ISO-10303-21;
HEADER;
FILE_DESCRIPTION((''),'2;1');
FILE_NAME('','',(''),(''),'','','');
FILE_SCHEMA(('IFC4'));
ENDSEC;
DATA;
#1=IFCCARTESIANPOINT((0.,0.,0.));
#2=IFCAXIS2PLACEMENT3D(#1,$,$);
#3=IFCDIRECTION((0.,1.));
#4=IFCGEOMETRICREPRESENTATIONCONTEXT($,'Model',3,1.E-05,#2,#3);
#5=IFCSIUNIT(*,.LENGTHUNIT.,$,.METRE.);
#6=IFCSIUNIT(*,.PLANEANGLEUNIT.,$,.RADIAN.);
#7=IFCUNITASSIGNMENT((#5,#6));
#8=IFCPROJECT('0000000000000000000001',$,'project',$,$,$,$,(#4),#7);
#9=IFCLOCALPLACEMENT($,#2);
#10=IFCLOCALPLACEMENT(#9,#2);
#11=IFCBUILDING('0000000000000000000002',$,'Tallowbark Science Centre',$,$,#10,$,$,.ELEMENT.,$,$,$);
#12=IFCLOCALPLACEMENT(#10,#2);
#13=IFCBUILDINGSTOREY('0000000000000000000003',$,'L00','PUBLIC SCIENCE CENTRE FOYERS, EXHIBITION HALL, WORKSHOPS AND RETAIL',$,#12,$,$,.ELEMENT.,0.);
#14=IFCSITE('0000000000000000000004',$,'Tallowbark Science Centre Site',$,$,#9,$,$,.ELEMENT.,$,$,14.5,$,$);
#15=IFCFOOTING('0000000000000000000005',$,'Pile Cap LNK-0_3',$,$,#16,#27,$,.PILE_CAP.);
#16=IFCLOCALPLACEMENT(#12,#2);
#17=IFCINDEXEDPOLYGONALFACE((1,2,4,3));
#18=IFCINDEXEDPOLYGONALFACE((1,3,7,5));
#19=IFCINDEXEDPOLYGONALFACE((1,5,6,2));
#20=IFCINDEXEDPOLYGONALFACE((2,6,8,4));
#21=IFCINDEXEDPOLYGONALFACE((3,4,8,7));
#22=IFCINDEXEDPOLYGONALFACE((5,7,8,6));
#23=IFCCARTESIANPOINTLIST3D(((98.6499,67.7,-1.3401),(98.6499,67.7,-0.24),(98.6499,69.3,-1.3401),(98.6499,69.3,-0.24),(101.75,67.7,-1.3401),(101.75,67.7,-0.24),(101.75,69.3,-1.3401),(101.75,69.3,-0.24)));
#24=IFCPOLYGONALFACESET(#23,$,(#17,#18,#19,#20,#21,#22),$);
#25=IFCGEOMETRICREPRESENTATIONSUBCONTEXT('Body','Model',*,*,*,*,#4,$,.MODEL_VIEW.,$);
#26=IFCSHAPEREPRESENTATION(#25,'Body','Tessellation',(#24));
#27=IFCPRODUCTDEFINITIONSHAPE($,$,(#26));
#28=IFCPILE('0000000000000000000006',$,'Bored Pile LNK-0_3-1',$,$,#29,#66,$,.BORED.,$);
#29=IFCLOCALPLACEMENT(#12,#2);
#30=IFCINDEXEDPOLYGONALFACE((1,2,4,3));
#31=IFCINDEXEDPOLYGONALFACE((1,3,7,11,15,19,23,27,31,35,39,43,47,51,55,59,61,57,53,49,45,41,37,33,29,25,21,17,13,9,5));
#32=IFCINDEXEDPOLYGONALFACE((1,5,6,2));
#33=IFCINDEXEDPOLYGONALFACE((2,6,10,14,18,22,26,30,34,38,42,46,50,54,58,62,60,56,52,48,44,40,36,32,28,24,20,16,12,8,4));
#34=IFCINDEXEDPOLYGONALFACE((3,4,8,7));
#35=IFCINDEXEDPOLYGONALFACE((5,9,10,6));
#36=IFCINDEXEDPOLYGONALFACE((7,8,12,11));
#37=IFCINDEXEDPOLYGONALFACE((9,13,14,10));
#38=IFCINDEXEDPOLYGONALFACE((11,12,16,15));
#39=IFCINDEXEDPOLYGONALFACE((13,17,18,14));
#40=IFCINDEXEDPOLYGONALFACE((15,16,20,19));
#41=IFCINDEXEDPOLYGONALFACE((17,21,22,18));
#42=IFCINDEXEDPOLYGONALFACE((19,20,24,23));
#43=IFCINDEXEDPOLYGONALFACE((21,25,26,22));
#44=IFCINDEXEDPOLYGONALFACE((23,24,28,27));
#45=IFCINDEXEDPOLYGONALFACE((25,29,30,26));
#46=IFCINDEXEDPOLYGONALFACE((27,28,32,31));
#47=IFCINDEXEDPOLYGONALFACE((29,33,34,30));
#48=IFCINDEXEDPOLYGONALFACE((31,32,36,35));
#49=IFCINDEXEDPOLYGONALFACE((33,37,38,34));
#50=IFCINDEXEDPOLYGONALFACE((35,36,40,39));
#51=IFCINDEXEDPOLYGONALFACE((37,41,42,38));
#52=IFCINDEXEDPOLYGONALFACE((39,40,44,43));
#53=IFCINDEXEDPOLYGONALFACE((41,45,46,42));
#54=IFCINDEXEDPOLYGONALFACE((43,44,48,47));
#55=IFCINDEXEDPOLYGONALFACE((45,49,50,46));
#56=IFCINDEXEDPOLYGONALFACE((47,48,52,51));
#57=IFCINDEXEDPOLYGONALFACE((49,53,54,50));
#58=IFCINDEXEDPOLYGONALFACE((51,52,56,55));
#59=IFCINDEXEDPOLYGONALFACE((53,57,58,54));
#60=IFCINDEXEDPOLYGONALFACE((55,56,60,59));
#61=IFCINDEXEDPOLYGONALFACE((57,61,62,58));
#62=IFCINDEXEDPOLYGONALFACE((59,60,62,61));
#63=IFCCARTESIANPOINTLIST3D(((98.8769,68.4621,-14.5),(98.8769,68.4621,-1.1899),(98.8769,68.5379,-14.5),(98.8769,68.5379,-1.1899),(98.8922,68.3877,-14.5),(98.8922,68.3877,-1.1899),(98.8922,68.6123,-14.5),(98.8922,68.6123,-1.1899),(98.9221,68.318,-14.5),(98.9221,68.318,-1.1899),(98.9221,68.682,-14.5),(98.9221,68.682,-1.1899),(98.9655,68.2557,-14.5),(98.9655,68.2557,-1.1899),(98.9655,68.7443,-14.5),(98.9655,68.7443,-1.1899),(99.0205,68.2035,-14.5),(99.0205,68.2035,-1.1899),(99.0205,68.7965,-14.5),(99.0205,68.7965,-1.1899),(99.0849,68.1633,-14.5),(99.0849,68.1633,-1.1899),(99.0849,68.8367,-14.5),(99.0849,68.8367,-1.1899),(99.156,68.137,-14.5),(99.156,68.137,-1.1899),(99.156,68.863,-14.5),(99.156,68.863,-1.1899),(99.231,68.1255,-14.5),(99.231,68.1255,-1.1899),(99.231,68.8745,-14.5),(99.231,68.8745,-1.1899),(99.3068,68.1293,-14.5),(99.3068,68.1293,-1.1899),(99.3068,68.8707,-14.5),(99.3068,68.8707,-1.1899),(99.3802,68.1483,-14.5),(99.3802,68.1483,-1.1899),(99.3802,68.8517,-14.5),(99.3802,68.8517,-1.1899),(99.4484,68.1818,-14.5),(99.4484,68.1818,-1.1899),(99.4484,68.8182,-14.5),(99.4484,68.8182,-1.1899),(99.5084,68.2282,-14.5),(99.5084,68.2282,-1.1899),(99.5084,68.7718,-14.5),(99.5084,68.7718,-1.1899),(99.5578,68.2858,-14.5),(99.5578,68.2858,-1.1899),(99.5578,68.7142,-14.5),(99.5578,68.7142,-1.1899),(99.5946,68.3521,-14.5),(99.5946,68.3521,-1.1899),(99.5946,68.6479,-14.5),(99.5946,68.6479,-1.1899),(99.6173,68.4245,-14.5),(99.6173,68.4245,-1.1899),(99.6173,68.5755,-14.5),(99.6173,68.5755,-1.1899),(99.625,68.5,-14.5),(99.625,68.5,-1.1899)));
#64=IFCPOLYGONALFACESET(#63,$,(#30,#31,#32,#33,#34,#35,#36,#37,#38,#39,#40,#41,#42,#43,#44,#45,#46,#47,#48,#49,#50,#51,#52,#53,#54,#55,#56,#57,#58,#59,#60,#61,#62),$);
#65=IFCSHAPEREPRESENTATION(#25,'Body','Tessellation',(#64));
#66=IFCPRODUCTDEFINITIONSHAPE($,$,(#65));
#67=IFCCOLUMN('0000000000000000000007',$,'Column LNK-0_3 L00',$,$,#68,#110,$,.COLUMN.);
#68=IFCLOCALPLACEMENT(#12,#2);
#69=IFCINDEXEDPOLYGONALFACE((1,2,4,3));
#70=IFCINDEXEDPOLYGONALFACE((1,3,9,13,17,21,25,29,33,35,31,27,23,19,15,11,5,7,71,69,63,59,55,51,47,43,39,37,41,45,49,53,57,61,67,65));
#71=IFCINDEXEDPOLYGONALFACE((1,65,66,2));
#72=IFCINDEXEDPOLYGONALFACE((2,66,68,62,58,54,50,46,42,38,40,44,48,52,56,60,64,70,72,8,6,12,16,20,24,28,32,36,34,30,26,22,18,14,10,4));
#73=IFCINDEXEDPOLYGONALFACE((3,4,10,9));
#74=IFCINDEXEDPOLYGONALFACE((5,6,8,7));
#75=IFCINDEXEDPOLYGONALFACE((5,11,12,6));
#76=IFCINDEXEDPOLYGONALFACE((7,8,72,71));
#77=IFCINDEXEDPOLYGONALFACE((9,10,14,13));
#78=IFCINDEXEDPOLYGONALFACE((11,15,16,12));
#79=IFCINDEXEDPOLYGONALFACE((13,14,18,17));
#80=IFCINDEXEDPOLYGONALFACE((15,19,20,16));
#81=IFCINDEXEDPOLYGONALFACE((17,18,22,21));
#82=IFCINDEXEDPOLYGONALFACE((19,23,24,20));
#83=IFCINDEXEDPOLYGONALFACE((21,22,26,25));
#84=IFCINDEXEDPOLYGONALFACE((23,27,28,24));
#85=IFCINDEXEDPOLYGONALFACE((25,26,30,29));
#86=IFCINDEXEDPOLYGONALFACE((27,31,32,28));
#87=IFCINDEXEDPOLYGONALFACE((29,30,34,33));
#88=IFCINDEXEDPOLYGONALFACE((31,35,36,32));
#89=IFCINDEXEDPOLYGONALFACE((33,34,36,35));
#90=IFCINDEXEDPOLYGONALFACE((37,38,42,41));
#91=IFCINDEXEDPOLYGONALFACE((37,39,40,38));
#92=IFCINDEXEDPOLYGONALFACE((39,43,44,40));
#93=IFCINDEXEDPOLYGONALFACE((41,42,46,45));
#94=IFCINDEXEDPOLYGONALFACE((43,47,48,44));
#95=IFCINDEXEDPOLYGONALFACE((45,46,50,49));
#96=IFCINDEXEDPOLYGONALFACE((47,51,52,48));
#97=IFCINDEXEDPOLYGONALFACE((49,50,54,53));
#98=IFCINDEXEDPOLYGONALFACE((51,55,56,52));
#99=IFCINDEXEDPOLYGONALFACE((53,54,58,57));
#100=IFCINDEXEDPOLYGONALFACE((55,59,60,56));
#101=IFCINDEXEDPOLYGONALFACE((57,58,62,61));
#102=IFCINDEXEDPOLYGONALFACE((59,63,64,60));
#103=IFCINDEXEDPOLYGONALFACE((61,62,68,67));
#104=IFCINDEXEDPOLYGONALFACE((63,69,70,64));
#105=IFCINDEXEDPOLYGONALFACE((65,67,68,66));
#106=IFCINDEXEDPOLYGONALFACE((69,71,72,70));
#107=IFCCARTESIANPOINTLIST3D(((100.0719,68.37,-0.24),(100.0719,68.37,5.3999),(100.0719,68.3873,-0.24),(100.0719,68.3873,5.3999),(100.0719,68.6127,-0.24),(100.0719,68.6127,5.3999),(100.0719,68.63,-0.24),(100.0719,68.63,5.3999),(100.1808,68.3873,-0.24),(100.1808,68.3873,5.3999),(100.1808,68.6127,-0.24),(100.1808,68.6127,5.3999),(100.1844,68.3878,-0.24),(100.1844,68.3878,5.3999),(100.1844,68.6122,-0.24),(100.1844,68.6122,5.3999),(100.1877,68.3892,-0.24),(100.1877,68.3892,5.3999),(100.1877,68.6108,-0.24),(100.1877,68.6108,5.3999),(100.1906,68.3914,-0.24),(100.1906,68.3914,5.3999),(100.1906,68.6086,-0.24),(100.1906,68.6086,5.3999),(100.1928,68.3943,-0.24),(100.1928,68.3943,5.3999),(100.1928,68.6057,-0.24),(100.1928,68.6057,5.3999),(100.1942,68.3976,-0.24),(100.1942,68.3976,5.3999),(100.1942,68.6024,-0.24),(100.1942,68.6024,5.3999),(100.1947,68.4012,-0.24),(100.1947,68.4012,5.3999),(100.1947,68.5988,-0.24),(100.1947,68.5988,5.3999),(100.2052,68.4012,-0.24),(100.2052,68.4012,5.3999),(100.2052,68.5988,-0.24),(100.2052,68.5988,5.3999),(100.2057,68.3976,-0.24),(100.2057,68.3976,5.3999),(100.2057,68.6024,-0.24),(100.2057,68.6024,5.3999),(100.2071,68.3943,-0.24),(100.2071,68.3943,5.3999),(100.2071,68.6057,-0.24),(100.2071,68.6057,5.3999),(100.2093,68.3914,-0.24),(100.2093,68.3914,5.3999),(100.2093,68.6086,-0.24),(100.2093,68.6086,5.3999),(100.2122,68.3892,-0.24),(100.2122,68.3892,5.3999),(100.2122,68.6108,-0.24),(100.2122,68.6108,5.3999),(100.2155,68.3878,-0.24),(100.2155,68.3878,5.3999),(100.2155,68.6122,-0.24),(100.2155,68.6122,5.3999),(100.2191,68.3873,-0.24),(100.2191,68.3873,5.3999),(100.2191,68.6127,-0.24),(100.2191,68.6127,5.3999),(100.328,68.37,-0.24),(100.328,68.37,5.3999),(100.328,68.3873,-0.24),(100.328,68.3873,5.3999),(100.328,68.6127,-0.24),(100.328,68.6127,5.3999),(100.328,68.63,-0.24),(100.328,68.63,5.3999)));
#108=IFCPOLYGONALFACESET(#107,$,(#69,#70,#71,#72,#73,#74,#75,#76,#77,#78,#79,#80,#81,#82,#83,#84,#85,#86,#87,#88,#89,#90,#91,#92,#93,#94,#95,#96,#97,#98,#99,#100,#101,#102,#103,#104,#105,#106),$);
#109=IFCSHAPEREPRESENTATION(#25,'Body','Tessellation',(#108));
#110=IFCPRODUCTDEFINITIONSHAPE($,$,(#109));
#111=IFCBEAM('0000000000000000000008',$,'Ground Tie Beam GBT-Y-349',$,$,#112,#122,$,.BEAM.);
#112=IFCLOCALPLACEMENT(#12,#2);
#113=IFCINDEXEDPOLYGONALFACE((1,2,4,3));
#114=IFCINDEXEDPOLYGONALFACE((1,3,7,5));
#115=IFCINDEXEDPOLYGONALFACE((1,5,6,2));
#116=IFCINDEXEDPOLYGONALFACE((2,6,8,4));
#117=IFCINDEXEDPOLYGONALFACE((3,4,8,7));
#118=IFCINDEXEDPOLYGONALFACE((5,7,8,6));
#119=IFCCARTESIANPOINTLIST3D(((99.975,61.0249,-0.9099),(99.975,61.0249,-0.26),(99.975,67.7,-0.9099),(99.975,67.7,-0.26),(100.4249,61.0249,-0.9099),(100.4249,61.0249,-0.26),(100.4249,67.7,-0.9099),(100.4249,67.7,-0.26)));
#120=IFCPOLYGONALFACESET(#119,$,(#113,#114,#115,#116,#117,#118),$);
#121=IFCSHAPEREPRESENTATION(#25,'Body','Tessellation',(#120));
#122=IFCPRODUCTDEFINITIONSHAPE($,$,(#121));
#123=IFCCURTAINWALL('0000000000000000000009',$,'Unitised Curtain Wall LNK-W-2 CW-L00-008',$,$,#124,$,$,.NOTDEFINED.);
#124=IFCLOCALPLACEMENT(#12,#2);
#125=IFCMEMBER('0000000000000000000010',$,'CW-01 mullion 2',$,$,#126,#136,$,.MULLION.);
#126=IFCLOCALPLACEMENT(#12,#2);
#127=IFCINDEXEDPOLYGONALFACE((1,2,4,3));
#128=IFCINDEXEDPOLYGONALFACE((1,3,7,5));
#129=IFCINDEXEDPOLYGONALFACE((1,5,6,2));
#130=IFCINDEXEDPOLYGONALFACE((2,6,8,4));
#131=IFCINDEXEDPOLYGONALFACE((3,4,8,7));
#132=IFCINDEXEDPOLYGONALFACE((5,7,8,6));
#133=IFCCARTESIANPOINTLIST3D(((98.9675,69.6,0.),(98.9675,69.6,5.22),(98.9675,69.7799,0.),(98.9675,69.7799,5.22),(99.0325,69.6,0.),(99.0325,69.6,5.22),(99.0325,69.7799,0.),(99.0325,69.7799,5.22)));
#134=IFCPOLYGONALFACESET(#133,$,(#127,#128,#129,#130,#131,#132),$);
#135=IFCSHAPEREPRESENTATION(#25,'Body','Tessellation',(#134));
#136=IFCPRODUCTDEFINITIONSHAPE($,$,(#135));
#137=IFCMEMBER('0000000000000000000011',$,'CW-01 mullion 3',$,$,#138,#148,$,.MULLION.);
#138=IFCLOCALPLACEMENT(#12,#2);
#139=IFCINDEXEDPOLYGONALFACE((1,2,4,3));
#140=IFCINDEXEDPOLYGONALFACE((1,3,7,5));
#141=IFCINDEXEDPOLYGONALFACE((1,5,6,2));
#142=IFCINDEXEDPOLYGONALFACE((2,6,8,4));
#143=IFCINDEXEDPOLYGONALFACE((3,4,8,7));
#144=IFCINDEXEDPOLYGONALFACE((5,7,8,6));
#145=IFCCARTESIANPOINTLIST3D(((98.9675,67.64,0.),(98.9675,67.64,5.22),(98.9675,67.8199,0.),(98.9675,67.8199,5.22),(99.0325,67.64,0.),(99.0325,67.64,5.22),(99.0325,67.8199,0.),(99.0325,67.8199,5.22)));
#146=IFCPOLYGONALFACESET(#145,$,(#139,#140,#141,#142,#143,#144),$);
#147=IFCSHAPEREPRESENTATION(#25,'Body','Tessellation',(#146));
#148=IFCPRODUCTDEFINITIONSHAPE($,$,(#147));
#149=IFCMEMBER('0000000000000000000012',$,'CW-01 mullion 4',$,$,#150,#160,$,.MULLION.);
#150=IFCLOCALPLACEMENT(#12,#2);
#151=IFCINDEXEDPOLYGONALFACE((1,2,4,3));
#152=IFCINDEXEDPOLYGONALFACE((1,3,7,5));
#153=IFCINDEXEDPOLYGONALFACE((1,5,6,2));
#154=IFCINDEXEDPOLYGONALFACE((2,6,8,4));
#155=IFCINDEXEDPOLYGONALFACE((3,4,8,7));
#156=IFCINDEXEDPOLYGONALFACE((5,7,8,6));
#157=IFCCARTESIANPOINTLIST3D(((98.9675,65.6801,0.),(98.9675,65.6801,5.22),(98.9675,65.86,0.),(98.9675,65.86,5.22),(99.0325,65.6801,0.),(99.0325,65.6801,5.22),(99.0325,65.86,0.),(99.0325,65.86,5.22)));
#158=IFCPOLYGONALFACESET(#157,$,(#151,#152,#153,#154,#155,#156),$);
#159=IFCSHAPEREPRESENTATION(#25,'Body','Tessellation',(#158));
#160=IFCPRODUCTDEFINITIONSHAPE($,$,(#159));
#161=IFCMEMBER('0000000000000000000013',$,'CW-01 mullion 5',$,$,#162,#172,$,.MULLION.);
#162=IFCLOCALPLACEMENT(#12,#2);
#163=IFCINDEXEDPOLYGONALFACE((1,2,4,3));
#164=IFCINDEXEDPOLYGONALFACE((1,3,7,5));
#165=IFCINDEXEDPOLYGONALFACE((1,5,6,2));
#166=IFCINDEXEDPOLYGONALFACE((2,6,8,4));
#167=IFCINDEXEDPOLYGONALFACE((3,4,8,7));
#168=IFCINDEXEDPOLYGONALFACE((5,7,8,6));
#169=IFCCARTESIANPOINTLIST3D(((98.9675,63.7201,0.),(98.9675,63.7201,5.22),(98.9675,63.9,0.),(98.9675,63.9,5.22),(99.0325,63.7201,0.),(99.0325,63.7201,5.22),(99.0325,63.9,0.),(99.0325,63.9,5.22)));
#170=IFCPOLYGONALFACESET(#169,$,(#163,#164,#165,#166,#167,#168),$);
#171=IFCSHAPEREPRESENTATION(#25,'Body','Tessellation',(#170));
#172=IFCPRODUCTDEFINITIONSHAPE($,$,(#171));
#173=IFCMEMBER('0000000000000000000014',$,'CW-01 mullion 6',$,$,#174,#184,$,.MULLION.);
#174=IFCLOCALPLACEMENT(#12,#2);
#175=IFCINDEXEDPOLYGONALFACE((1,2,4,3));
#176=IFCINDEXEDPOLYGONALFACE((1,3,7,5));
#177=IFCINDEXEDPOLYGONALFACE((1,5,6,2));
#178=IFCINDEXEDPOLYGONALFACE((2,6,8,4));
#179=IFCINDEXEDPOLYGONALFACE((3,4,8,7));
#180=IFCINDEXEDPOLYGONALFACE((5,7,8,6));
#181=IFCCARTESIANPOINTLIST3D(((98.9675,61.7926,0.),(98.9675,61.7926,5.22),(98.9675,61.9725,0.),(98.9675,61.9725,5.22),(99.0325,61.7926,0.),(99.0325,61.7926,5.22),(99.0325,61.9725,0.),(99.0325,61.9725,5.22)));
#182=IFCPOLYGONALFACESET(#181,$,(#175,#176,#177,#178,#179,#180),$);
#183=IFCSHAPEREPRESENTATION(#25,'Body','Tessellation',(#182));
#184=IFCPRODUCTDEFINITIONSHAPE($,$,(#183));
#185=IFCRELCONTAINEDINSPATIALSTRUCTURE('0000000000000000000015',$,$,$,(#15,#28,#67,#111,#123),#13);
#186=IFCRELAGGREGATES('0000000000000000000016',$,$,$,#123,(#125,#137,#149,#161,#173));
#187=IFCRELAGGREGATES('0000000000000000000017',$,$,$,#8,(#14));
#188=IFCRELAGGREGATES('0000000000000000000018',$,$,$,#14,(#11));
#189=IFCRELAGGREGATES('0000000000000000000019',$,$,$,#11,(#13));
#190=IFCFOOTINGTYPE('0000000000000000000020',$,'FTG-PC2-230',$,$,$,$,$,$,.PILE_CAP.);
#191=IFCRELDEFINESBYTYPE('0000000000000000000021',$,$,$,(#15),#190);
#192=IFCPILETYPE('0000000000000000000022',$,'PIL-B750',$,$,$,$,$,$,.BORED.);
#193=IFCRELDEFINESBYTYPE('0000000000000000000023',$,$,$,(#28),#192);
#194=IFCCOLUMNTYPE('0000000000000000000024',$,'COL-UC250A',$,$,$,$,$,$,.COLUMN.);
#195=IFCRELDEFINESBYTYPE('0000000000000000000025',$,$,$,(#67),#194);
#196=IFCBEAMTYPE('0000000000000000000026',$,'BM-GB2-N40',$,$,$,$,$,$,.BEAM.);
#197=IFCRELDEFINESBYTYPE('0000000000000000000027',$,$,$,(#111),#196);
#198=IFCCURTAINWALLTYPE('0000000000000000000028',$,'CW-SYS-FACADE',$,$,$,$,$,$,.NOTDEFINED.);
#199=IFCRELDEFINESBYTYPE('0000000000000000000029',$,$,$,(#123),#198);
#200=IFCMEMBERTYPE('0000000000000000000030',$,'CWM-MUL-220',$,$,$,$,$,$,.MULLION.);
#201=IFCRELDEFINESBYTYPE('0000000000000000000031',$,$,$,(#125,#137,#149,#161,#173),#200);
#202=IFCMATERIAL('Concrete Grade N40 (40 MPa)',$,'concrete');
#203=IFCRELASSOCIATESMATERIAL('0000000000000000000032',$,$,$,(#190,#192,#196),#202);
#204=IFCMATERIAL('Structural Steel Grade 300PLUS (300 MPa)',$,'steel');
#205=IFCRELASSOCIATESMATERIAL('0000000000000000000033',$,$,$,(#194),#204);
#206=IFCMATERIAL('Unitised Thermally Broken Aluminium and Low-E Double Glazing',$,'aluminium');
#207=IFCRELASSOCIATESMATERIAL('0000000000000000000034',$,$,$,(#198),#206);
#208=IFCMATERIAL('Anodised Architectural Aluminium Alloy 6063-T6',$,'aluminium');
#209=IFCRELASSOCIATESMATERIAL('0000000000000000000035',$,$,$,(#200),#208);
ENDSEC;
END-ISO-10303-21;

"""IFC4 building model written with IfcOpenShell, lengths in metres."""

from ifc_helpers import new_model, si_unit, direction, frame, origin, origin_2d, place, context, subcontext, project, spatial, rectangle, circle, i_section, extrude, material, material_profile, profile_set, type_object, element, aggregate, save


model = new_model("IFC4")

# Units and contexts
model_context = context("Model", 3, precision=1e-05, world=origin(), true_north=direction((0.0, 1.0)))
body_context = subcontext(model_context, "Body", "Model", "MODEL_VIEW")
ifc_project = project(units=[si_unit("LENGTHUNIT", "METRE"), si_unit("PLANEANGLEUNIT", "RADIAN")], contexts=[model_context])

# Site, building, storey
site_placement = place(None, origin())
site = spatial("IfcSite", under=ifc_project, at=site_placement, Name="Tallowbark Science Centre Site", CompositionType="ELEMENT", RefElevation=14.5)
building_placement = place(site_placement, origin())
building = spatial("IfcBuilding", under=site, at=building_placement, Name="Tallowbark Science Centre", CompositionType="ELEMENT")
storey_placement = place(building_placement, origin())
storey = spatial("IfcBuildingStorey", under=building, at=storey_placement, Name="L00", Description="PUBLIC SCIENCE CENTRE FOYERS, EXHIBITION HALL, WORKSHOPS AND RETAIL", CompositionType="ELEMENT", Elevation=0.0)

# Footing
ifc_material_1 = material(Name="Concrete Grade N40 (40 MPa)", Category="concrete")
footing_type = type_object("IfcFootingType", Name="FTG-PC2-230", PredefinedType="PILE_CAP", material=ifc_material_1)
footing_placement = place(storey_placement, frame((100.2, 68.5, -1.3401), z_axis=(0.0, 0.0, 1.0), x_axis=(1.0, 0.0, 0.0)))
element("IfcFooting", 1, at=footing_placement, inside=storey, type_object=footing_type, Name="Pile Cap LNK-0_3", PredefinedType="PILE_CAP", context=body_context, shape_type="SweptSolid", body=[
    extrude(rectangle(XDim=3.1001, YDim=1.6001, at=origin_2d()), origin(), (0.0, 0.0, 1.0), 1.1001),
])

# Pile
ifc_material_profile_1 = material_profile(ifc_material_1, circle(Radius=0.375, at=origin_2d()), Name="PILE750")
ifc_profile_set_1 = profile_set([ifc_material_profile_1], Name="Concrete Grade N40 (40 MPa)")
pile_type = type_object("IfcPileType", Name="PIL-B750", PredefinedType="BORED", material=ifc_profile_set_1)
pile_placement = place(storey_placement, frame((99.25, 68.5, -1.1899), z_axis=(0.0, 0.0, -1.0), x_axis=(1.0, 0.0, 0.0)))
element("IfcPile", 2, at=pile_placement, inside=storey, type_object=pile_type, Name="Bored Pile LNK-0_3-1", PredefinedType="BORED", context=body_context, shape_type="SweptSolid", body=[
    extrude(circle(Radius=0.375, at=origin_2d()), origin(), (0.0, 0.0, 1.0), 13.3101),
])

# Column
ifc_material_2 = material(Name="Structural Steel Grade 300PLUS (300 MPa)", Category="steel")
ifc_material_profile_2 = material_profile(ifc_material_2, i_section(OverallWidth=0.2561, OverallDepth=0.26, WebThickness=0.0105, FlangeThickness=0.0173, FilletRadius=0.0139, at=origin_2d()), Name="250UC89.5")
ifc_profile_set_2 = profile_set([ifc_material_profile_2], Name="Structural Steel Grade 300PLUS (300 MPa)")
column_type = type_object("IfcColumnType", Name="COL-UC250A", PredefinedType="COLUMN", material=ifc_profile_set_2)
column_placement = place(storey_placement, frame((100.2, 68.5, -0.24), z_axis=(0.0, 0.0, 1.0), x_axis=(1.0, 0.0, 0.0)))
element("IfcColumn", 3, at=column_placement, inside=storey, type_object=column_type, Name="Column LNK-0_3 L00", PredefinedType="COLUMN", context=body_context, shape_type="SweptSolid", body=[
    extrude(i_section(OverallWidth=0.2561, OverallDepth=0.26, WebThickness=0.0105, FlangeThickness=0.0173, FilletRadius=0.0139, at=origin_2d()), origin(), (0.0, 0.0, 1.0), 5.6399),
])

# Beam
ifc_material_profile_3 = material_profile(ifc_material_1, rectangle(XDim=0.45, YDim=0.6499, at=origin_2d()), Name="RC450x650")
ifc_profile_set_3 = profile_set([ifc_material_profile_3], Name="Concrete Grade N40 (40 MPa)")
beam_type = type_object("IfcBeamType", Name="BM-GB2-N40", PredefinedType="BEAM", material=ifc_profile_set_3)
beam_placement = place(storey_placement, frame((100.2, 61.0249, -0.585), z_axis=(0.0, 1.0, 0.0), x_axis=(-1.0, 0.0, 0.0)))
element("IfcBeam", 4, at=beam_placement, inside=storey, type_object=beam_type, Name="Ground Tie Beam GBT-Y-349", PredefinedType="BEAM", context=body_context, shape_type="SweptSolid", body=[
    extrude(rectangle(XDim=0.45, YDim=0.6499, at=origin_2d()), origin(), (0.0, 0.0, 1.0), 6.675),
])

# Curtain wall, members
ifc_material_3 = material(Name="Unitised Thermally Broken Aluminium and Low-E Double Glazing", Category="aluminium")
curtain_wall_type = type_object("IfcCurtainWallType", Name="CW-SYS-FACADE", PredefinedType="NOTDEFINED", material=ifc_material_3)
curtain_wall_placement = place(storey_placement, origin())
curtain_wall = element("IfcCurtainWall", 5, at=curtain_wall_placement, inside=storey, type_object=curtain_wall_type, Name="Unitised Curtain Wall LNK-W-2 CW-L00-008", PredefinedType="NOTDEFINED")
ifc_material_4 = material(Name="Anodised Architectural Aluminium Alloy 6063-T6", Category="aluminium")
ifc_material_profile_4 = material_profile(ifc_material_4, rectangle(XDim=0.0649, YDim=0.1799, at=origin_2d()), Name="ALU65x180")
ifc_profile_set_4 = profile_set([ifc_material_profile_4], Name="Anodised Architectural Aluminium Alloy 6063-T6")
member_type_1 = type_object("IfcMemberType", Name="CWM-MUL-220", PredefinedType="MULLION", material=ifc_profile_set_4)
member_1_placement = place(storey_placement, frame((99.0, 69.6899, 0.0), z_axis=(0.0, 0.0, 1.0), x_axis=(1.0, 0.0, 0.0)))
member_1 = element("IfcMember", 6, at=member_1_placement, type_object=member_type_1, Name="CW-01 mullion 2", PredefinedType="MULLION", context=body_context, shape_type="SweptSolid", body=[
    extrude(rectangle(XDim=0.0649, YDim=0.1799, at=origin_2d()), origin(), (0.0, 0.0, 1.0), 5.22),
])
member_2_placement = place(storey_placement, frame((99.0, 67.73, 0.0), z_axis=(0.0, 0.0, 1.0), x_axis=(1.0, 0.0, 0.0)))
member_2 = element("IfcMember", 7, at=member_2_placement, type_object=member_type_1, Name="CW-01 mullion 3", PredefinedType="MULLION", context=body_context, shape_type="SweptSolid", body=[
    extrude(rectangle(XDim=0.0649, YDim=0.1799, at=origin_2d()), origin(), (0.0, 0.0, 1.0), 5.22),
])
member_3_placement = place(storey_placement, frame((99.0, 65.77, 0.0), z_axis=(0.0, 0.0, 1.0), x_axis=(1.0, 0.0, 0.0)))
member_3 = element("IfcMember", 8, at=member_3_placement, type_object=member_type_1, Name="CW-01 mullion 4", PredefinedType="MULLION", context=body_context, shape_type="SweptSolid", body=[
    extrude(rectangle(XDim=0.0649, YDim=0.1799, at=origin_2d()), origin(), (0.0, 0.0, 1.0), 5.22),
])
member_4_placement = place(storey_placement, frame((99.0, 63.8101, 0.0), z_axis=(0.0, 0.0, 1.0), x_axis=(1.0, 0.0, 0.0)))
member_4 = element("IfcMember", 9, at=member_4_placement, type_object=member_type_1, Name="CW-01 mullion 5", PredefinedType="MULLION", context=body_context, shape_type="SweptSolid", body=[
    extrude(rectangle(XDim=0.0649, YDim=0.1799, at=origin_2d()), origin(), (0.0, 0.0, 1.0), 5.22),
])
member_5_placement = place(storey_placement, frame((99.0, 61.8826, 0.0), z_axis=(0.0, 0.0, 1.0), x_axis=(1.0, 0.0, 0.0)))
member_5 = element("IfcMember", 10, at=member_5_placement, type_object=member_type_1, Name="CW-01 mullion 6", PredefinedType="MULLION", context=body_context, shape_type="SweptSolid", body=[
    extrude(rectangle(XDim=0.0649, YDim=0.1799, at=origin_2d()), origin(), (0.0, 0.0, 1.0), 5.22),
])
aggregate(curtain_wall, [member_1, member_2, member_3, member_4, member_5])

save(model, "model.ifc")
